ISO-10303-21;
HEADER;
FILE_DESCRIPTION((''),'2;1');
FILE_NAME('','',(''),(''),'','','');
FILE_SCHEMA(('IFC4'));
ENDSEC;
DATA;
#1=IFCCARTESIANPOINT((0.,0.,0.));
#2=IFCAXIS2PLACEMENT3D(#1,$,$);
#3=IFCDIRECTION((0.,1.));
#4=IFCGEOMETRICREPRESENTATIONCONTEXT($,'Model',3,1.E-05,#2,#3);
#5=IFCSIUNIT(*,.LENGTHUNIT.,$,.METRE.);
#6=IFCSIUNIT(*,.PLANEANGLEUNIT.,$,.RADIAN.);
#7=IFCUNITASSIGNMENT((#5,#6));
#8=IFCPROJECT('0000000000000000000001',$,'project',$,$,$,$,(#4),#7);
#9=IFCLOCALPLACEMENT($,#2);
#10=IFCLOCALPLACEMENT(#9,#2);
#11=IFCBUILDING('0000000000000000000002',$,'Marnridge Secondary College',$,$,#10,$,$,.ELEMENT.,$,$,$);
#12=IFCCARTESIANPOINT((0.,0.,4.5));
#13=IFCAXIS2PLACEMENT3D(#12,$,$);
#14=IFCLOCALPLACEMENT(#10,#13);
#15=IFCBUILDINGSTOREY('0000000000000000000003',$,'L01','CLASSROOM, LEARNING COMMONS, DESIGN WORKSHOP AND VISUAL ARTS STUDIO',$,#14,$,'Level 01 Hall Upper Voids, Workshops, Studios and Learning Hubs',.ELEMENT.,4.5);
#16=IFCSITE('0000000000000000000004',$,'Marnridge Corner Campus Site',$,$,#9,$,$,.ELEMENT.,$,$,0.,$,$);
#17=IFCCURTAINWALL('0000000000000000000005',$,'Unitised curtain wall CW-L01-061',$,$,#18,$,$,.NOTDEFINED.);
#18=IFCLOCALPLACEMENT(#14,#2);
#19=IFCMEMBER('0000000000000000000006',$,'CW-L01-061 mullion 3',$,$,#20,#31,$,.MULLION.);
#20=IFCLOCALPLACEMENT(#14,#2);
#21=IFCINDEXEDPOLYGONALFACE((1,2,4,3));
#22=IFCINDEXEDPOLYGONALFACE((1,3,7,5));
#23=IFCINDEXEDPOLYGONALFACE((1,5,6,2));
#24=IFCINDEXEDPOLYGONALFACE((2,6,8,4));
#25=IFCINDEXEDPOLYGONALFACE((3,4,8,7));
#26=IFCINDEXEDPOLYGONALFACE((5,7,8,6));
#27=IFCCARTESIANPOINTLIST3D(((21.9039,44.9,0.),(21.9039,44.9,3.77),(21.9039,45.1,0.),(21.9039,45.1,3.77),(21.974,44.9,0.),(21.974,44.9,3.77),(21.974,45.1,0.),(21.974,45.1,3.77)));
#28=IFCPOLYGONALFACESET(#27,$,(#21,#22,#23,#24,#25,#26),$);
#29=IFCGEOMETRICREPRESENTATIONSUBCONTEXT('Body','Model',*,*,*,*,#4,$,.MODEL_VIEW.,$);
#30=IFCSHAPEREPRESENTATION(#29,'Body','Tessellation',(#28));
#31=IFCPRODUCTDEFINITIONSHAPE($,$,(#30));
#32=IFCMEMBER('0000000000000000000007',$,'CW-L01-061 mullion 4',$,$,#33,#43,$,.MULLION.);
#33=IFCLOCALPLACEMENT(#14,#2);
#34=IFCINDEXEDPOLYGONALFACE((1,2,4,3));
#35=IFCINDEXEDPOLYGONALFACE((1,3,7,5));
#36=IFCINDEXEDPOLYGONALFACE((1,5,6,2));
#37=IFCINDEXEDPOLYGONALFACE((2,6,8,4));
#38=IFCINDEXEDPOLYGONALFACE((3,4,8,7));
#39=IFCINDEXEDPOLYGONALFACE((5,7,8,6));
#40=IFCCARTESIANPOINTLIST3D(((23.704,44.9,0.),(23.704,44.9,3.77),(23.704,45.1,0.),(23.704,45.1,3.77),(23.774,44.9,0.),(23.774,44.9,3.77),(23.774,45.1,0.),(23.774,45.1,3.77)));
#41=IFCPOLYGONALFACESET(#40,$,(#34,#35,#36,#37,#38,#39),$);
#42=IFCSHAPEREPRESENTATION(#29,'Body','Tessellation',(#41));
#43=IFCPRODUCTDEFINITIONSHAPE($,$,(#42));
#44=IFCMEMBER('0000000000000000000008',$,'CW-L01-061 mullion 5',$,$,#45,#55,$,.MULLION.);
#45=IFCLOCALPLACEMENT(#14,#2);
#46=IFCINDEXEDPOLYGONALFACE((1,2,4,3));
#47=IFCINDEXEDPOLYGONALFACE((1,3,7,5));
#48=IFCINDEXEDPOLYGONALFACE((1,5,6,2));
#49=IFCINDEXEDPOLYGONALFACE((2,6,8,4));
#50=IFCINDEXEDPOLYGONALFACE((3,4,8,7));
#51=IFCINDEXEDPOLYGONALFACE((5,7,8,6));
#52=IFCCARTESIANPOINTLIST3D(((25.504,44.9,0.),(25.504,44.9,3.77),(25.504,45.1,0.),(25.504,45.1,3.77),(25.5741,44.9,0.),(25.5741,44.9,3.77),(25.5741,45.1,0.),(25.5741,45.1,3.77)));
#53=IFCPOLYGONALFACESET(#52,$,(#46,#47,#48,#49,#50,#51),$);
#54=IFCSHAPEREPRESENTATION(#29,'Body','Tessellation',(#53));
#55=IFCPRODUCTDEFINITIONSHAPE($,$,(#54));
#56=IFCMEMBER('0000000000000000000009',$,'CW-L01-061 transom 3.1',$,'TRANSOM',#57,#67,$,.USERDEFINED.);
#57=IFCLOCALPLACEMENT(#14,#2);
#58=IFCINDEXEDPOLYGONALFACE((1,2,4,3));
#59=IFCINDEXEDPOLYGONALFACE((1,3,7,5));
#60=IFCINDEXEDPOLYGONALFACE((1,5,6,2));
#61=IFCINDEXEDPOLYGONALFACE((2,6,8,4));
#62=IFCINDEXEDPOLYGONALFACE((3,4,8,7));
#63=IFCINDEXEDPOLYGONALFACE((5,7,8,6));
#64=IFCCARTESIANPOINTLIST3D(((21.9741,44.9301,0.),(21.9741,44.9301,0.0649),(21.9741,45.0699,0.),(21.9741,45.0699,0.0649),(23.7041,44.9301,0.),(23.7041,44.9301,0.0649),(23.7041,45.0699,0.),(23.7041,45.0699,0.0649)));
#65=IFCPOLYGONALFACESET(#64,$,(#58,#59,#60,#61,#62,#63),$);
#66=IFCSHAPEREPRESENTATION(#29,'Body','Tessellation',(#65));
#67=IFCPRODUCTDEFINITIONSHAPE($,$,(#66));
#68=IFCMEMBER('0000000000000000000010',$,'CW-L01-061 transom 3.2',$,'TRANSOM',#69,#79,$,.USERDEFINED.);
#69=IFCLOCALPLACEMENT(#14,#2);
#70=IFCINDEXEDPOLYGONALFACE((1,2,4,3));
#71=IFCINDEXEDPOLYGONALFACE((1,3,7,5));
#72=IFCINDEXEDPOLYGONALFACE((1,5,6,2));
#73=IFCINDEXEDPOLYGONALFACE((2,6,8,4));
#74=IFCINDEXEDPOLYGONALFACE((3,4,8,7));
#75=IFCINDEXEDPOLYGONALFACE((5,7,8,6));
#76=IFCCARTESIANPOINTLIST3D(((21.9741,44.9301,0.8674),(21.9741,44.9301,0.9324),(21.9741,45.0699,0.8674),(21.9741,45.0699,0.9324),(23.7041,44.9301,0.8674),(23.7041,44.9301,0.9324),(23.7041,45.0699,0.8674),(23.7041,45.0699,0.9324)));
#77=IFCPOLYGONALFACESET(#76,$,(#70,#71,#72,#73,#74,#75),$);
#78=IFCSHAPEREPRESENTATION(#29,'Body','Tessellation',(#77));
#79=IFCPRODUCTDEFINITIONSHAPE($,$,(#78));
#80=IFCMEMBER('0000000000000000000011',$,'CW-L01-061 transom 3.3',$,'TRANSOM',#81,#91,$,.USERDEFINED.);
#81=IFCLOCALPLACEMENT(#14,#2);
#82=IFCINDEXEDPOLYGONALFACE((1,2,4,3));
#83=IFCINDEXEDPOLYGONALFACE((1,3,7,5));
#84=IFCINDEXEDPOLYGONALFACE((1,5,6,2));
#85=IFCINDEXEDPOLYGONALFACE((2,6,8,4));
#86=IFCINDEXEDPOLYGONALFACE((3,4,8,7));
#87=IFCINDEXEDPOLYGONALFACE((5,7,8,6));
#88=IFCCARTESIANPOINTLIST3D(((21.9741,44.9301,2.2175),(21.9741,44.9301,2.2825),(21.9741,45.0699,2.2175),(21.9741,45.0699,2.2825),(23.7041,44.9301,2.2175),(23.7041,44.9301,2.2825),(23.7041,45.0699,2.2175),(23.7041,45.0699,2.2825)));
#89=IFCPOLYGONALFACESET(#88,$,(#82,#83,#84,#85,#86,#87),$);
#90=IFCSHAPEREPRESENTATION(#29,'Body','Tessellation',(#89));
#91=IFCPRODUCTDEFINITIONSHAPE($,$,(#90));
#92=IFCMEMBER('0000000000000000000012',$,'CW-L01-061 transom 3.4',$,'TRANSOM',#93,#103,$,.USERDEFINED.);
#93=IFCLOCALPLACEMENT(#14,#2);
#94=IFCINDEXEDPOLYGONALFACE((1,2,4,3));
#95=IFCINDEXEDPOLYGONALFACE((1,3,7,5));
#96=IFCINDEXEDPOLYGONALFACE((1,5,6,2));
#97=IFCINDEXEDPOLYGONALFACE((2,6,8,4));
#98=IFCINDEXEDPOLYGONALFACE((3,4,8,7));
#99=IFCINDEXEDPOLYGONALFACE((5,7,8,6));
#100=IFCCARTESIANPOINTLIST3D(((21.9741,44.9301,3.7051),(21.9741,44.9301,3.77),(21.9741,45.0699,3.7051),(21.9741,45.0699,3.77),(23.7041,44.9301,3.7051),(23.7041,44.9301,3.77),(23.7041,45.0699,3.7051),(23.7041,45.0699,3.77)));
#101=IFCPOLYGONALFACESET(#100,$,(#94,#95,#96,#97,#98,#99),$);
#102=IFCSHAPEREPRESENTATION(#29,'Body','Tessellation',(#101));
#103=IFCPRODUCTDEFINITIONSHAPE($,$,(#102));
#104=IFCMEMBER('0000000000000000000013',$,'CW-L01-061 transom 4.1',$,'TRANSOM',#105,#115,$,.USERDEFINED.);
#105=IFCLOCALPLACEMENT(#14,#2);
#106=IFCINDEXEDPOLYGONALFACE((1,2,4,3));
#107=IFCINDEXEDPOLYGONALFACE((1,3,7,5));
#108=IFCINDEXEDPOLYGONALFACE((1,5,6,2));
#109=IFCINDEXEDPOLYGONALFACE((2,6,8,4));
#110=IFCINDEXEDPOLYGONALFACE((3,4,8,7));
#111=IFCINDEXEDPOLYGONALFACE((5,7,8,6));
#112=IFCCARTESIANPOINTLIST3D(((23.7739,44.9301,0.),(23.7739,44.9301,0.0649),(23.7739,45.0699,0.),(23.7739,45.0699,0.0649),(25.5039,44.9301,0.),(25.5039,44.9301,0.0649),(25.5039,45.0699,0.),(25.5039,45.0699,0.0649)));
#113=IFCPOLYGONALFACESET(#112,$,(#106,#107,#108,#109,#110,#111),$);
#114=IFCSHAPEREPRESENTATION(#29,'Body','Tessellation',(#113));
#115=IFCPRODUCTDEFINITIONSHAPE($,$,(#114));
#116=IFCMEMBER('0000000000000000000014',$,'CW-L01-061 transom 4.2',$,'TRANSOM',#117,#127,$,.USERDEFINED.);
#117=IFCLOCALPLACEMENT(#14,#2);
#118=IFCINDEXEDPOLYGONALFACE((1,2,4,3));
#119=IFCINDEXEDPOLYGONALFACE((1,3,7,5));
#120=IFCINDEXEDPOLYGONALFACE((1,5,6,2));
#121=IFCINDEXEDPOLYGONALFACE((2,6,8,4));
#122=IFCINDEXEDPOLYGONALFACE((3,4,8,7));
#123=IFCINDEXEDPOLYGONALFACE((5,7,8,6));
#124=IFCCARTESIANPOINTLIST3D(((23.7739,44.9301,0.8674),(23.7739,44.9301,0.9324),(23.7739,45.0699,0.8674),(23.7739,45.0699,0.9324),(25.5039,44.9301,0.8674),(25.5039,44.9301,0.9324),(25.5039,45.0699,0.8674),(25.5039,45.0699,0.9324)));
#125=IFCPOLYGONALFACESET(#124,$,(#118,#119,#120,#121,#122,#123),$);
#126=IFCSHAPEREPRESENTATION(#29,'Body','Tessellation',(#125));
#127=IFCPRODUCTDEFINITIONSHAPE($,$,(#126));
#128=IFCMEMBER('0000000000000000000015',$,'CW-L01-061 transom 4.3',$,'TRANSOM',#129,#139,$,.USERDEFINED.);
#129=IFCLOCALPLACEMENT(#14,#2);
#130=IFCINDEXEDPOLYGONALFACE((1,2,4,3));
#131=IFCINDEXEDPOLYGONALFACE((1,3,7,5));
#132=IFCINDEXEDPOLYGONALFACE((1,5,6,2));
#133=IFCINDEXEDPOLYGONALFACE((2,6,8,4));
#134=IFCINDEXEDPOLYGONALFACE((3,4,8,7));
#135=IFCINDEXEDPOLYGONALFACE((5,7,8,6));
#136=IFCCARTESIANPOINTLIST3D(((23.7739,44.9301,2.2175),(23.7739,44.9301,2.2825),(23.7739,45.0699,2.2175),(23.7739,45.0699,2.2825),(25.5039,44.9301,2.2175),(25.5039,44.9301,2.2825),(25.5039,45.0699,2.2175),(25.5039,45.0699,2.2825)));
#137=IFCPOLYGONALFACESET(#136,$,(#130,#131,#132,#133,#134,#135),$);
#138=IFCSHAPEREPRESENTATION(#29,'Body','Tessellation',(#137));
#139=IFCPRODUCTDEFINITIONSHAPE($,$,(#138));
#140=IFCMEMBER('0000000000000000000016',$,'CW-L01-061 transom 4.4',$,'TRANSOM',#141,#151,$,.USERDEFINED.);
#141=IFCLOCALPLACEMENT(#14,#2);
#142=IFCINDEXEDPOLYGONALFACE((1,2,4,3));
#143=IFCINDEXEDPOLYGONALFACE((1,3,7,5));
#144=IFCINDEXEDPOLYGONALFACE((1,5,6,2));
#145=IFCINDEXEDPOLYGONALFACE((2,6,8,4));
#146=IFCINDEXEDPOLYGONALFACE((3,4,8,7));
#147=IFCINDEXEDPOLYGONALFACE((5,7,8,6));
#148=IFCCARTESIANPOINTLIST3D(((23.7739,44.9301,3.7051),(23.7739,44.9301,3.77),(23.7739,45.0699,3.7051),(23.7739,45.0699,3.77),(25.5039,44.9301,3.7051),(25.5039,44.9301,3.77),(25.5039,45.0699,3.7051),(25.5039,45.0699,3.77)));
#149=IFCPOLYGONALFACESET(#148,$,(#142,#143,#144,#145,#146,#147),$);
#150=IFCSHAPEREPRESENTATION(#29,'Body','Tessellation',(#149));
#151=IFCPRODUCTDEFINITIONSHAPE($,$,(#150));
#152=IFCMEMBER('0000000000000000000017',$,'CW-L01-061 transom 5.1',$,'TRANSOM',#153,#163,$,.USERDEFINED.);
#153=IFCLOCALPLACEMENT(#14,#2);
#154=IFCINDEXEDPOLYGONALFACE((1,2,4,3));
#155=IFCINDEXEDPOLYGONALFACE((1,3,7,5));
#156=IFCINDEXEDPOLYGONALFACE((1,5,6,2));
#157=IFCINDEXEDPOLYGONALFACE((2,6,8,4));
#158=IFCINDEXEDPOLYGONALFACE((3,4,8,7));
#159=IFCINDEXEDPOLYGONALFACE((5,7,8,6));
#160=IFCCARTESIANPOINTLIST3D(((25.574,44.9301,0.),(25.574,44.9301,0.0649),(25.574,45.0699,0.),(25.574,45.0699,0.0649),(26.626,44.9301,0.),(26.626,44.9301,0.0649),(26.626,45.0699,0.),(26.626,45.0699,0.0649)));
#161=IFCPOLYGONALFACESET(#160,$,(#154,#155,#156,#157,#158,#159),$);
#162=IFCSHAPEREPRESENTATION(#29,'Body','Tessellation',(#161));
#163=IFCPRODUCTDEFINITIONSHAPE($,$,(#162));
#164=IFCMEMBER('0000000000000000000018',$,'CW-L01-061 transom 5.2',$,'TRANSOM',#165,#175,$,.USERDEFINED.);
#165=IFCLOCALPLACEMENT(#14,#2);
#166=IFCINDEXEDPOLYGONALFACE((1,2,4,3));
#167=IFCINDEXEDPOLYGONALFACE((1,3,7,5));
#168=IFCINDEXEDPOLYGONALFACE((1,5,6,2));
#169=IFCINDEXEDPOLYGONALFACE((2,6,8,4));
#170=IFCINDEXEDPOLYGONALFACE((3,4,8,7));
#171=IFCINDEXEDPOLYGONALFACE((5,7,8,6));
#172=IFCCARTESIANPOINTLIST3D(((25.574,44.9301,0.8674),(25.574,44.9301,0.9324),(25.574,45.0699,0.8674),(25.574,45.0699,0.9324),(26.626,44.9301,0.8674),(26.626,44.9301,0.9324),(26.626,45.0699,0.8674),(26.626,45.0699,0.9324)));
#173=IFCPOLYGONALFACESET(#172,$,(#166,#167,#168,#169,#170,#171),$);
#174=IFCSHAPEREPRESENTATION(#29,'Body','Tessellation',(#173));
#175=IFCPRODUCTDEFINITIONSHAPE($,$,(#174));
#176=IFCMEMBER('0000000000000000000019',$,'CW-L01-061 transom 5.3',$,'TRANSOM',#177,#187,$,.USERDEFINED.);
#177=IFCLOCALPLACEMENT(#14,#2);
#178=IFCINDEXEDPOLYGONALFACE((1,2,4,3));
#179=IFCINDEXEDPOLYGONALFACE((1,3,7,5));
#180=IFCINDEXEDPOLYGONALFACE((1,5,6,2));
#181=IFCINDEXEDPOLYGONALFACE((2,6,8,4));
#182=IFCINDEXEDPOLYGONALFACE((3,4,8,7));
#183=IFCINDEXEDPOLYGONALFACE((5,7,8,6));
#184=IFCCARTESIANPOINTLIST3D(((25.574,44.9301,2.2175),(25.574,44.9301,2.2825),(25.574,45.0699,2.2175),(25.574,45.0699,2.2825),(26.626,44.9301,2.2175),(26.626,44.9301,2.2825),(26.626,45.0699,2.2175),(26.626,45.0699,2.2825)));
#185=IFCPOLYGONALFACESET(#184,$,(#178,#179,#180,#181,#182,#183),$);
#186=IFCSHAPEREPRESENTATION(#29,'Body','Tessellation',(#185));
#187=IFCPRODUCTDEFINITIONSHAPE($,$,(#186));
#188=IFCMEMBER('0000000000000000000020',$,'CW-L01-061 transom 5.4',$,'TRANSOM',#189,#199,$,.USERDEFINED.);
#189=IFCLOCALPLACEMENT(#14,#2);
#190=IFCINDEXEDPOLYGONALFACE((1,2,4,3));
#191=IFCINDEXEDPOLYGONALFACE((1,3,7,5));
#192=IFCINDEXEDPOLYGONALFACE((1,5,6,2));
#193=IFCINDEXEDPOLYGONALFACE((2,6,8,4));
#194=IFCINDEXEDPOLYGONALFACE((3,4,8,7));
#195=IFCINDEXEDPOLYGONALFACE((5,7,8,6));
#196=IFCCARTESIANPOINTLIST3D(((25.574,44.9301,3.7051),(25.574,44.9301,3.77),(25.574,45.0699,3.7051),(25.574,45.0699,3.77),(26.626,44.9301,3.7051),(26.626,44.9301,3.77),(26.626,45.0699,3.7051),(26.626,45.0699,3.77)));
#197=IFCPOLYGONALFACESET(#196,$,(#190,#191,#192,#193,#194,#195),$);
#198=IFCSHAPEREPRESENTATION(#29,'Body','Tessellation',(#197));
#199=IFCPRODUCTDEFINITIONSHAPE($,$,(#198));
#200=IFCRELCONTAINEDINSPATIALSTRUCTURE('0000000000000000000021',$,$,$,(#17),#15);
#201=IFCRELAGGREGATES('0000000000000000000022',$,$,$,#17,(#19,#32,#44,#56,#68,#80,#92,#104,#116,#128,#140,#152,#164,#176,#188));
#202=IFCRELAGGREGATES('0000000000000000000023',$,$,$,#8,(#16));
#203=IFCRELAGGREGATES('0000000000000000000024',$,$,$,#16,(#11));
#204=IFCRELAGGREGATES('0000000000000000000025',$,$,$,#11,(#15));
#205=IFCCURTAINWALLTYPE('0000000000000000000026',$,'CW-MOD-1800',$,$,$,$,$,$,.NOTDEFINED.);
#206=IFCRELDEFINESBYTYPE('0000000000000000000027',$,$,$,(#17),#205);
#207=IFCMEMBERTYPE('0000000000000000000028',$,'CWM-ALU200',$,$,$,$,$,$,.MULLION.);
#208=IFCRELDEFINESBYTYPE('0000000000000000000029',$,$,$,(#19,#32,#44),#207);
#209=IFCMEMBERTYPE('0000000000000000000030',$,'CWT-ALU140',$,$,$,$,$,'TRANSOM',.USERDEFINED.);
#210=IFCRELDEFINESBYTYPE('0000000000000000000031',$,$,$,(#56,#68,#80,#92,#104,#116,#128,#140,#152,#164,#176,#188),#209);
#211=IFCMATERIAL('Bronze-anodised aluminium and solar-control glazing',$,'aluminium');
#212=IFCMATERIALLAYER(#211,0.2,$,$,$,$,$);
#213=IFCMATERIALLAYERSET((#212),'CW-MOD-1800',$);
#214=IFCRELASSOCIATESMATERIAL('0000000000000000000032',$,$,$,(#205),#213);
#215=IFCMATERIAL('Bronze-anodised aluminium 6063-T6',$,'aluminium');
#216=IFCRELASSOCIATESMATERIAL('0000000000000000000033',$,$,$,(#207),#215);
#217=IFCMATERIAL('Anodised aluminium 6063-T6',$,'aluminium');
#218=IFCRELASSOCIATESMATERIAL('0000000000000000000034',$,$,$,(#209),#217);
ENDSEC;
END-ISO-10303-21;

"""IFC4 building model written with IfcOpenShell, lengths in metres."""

from ifc_helpers import new_model, si_unit, direction, frame, origin, origin_2d, place, context, subcontext, project, spatial, rectangle, extrude, material, layer, layer_set, material_profile, profile_set, type_object, element, aggregate, save


model = new_model("IFC4")

# Units and contexts
model_context = context("Model", 3, precision=1e-05, world=origin(), true_north=direction((0.0, 1.0)))
body_context = subcontext(model_context, "Body", "Model", "MODEL_VIEW")
ifc_project = project(units=[si_unit("LENGTHUNIT", "METRE"), si_unit("PLANEANGLEUNIT", "RADIAN")], contexts=[model_context])

# Site, building, storey
site_placement = place(None, origin())
site = spatial("IfcSite", under=ifc_project, at=site_placement, Name="Marnridge Corner Campus Site", CompositionType="ELEMENT", RefElevation=0.0)
building_placement = place(site_placement, origin())
building = spatial("IfcBuilding", under=site, at=building_placement, Name="Marnridge Secondary College", CompositionType="ELEMENT")
storey_placement = place(building_placement, frame((0.0, 0.0, 4.5)))
storey = spatial("IfcBuildingStorey", under=building, at=storey_placement, Name="L01", Description="CLASSROOM, LEARNING COMMONS, DESIGN WORKSHOP AND VISUAL ARTS STUDIO", LongName="Level 01 Hall Upper Voids, Workshops, Studios and Learning Hubs", CompositionType="ELEMENT", Elevation=4.5)

# Curtain wall, members
ifc_material_1 = material(Name="Bronze-anodised aluminium and solar-control glazing", Category="aluminium")
ifc_layer_1 = layer(ifc_material_1, 0.2)
ifc_layer_set_1 = layer_set([ifc_layer_1], Name="CW-MOD-1800")
curtain_wall_type = type_object("IfcCurtainWallType", Name="CW-MOD-1800", PredefinedType="NOTDEFINED", material=ifc_layer_set_1)
curtain_wall_placement = place(storey_placement, origin())
curtain_wall = element("IfcCurtainWall", 1, at=curtain_wall_placement, inside=storey, type_object=curtain_wall_type, Name="Unitised curtain wall CW-L01-061", PredefinedType="NOTDEFINED")
ifc_material_2 = material(Name="Bronze-anodised aluminium 6063-T6", Category="aluminium")
ifc_material_profile_1 = material_profile(ifc_material_2, rectangle(XDim=0.0701, YDim=0.2, at=origin_2d()), Name="ALU 70x200")
ifc_profile_set_1 = profile_set([ifc_material_profile_1], Name="Bronze-anodised aluminium 6063-T6")
member_type_1 = type_object("IfcMemberType", Name="CWM-ALU200", PredefinedType="MULLION", material=ifc_profile_set_1)
member_1_placement = place(storey_placement, frame((21.939, 45.0, 0.0), z_axis=(0.0, 0.0, 1.0), x_axis=(1.0, 0.0, 0.0)))
member_1 = element("IfcMember", 2, at=member_1_placement, type_object=member_type_1, Name="CW-L01-061 mullion 3", PredefinedType="MULLION", context=body_context, shape_type="SweptSolid", body=[
    extrude(rectangle(XDim=0.0701, YDim=0.2, at=origin_2d()), origin(), (0.0, 0.0, 1.0), 3.77),
])
member_2_placement = place(storey_placement, frame((23.739, 45.0, 0.0), z_axis=(0.0, 0.0, 1.0), x_axis=(1.0, 0.0, 0.0)))
member_2 = element("IfcMember", 3, at=member_2_placement, type_object=member_type_1, Name="CW-L01-061 mullion 4", PredefinedType="MULLION", context=body_context, shape_type="SweptSolid", body=[
    extrude(rectangle(XDim=0.0701, YDim=0.2, at=origin_2d()), origin(), (0.0, 0.0, 1.0), 3.77),
])
member_3_placement = place(storey_placement, frame((25.5391, 45.0, 0.0), z_axis=(0.0, 0.0, 1.0), x_axis=(1.0, 0.0, 0.0)))
member_3 = element("IfcMember", 4, at=member_3_placement, type_object=member_type_1, Name="CW-L01-061 mullion 5", PredefinedType="MULLION", context=body_context, shape_type="SweptSolid", body=[
    extrude(rectangle(XDim=0.0701, YDim=0.2, at=origin_2d()), origin(), (0.0, 0.0, 1.0), 3.77),
])
ifc_material_3 = material(Name="Anodised aluminium 6063-T6", Category="aluminium")
ifc_material_profile_2 = material_profile(ifc_material_3, rectangle(XDim=0.0649, YDim=0.1399, at=origin_2d()), Name="ALU 65x140")
ifc_profile_set_2 = profile_set([ifc_material_profile_2], Name="Anodised aluminium 6063-T6")
member_type_2 = type_object("IfcMemberType", Name="CWT-ALU140", ElementType="TRANSOM", PredefinedType="USERDEFINED", material=ifc_profile_set_2)
member_4_placement = place(storey_placement, frame((21.9741, 45.0, 0.0325), z_axis=(1.0, 0.0, 0.0), x_axis=(0.0, 0.0, 1.0)))
member_4 = element("IfcMember", 5, at=member_4_placement, type_object=member_type_2, Name="CW-L01-061 transom 3.1", ObjectType="TRANSOM", PredefinedType="USERDEFINED", context=body_context, shape_type="SweptSolid", body=[
    extrude(rectangle(XDim=0.0649, YDim=0.1399, at=origin_2d()), origin(), (0.0, 0.0, 1.0), 1.73),
])
member_5_placement = place(storey_placement, frame((21.9741, 45.0, 0.8999), z_axis=(1.0, 0.0, 0.0), x_axis=(0.0, 0.0, 1.0)))
member_5 = element("IfcMember", 6, at=member_5_placement, type_object=member_type_2, Name="CW-L01-061 transom 3.2", ObjectType="TRANSOM", PredefinedType="USERDEFINED", context=body_context, shape_type="SweptSolid", body=[
    extrude(rectangle(XDim=0.0649, YDim=0.1399, at=origin_2d()), origin(), (0.0, 0.0, 1.0), 1.73),
])
member_6_placement = place(storey_placement, frame((21.9741, 45.0, 2.25), z_axis=(1.0, 0.0, 0.0), x_axis=(0.0, 0.0, 1.0)))
member_6 = element("IfcMember", 7, at=member_6_placement, type_object=member_type_2, Name="CW-L01-061 transom 3.3", ObjectType="TRANSOM", PredefinedType="USERDEFINED", context=body_context, shape_type="SweptSolid", body=[
    extrude(rectangle(XDim=0.0649, YDim=0.1399, at=origin_2d()), origin(), (0.0, 0.0, 1.0), 1.73),
])
member_7_placement = place(storey_placement, frame((21.9741, 45.0, 3.7375), z_axis=(1.0, 0.0, 0.0), x_axis=(0.0, 0.0, 1.0)))
member_7 = element("IfcMember", 8, at=member_7_placement, type_object=member_type_2, Name="CW-L01-061 transom 3.4", ObjectType="TRANSOM", PredefinedType="USERDEFINED", context=body_context, shape_type="SweptSolid", body=[
    extrude(rectangle(XDim=0.0649, YDim=0.1399, at=origin_2d()), origin(), (0.0, 0.0, 1.0), 1.73),
])
member_8_placement = place(storey_placement, frame((23.7739, 45.0, 0.0325), z_axis=(1.0, 0.0, 0.0), x_axis=(0.0, 0.0, 1.0)))
member_8 = element("IfcMember", 9, at=member_8_placement, type_object=member_type_2, Name="CW-L01-061 transom 4.1", ObjectType="TRANSOM", PredefinedType="USERDEFINED", context=body_context, shape_type="SweptSolid", body=[
    extrude(rectangle(XDim=0.0649, YDim=0.1399, at=origin_2d()), origin(), (0.0, 0.0, 1.0), 1.73),
])
member_9_placement = place(storey_placement, frame((23.7739, 45.0, 0.8999), z_axis=(1.0, 0.0, 0.0), x_axis=(0.0, 0.0, 1.0)))
member_9 = element("IfcMember", 10, at=member_9_placement, type_object=member_type_2, Name="CW-L01-061 transom 4.2", ObjectType="TRANSOM", PredefinedType="USERDEFINED", context=body_context, shape_type="SweptSolid", body=[
    extrude(rectangle(XDim=0.0649, YDim=0.1399, at=origin_2d()), origin(), (0.0, 0.0, 1.0), 1.73),
])
member_10_placement = place(storey_placement, frame((23.7739, 45.0, 2.25), z_axis=(1.0, 0.0, 0.0), x_axis=(0.0, 0.0, 1.0)))
member_10 = element("IfcMember", 11, at=member_10_placement, type_object=member_type_2, Name="CW-L01-061 transom 4.3", ObjectType="TRANSOM", PredefinedType="USERDEFINED", context=body_context, shape_type="SweptSolid", body=[
    extrude(rectangle(XDim=0.0649, YDim=0.1399, at=origin_2d()), origin(), (0.0, 0.0, 1.0), 1.73),
])
member_11_placement = place(storey_placement, frame((23.7739, 45.0, 3.7375), z_axis=(1.0, 0.0, 0.0), x_axis=(0.0, 0.0, 1.0)))
member_11 = element("IfcMember", 12, at=member_11_placement, type_object=member_type_2, Name="CW-L01-061 transom 4.4", ObjectType="TRANSOM", PredefinedType="USERDEFINED", context=body_context, shape_type="SweptSolid", body=[
    extrude(rectangle(XDim=0.0649, YDim=0.1399, at=origin_2d()), origin(), (0.0, 0.0, 1.0), 1.73),
])
member_12_placement = place(storey_placement, frame((25.574, 45.0, 0.0325), z_axis=(1.0, 0.0, 0.0), x_axis=(0.0, 0.0, 1.0)))
member_12 = element("IfcMember", 13, at=member_12_placement, type_object=member_type_2, Name="CW-L01-061 transom 5.1", ObjectType="TRANSOM", PredefinedType="USERDEFINED", context=body_context, shape_type="SweptSolid", body=[
    extrude(rectangle(XDim=0.0649, YDim=0.1399, at=origin_2d()), origin(), (0.0, 0.0, 1.0), 1.052),
])
member_13_placement = place(storey_placement, frame((25.574, 45.0, 0.8999), z_axis=(1.0, 0.0, 0.0), x_axis=(0.0, 0.0, 1.0)))
member_13 = element("IfcMember", 14, at=member_13_placement, type_object=member_type_2, Name="CW-L01-061 transom 5.2", ObjectType="TRANSOM", PredefinedType="USERDEFINED", context=body_context, shape_type="SweptSolid", body=[
    extrude(rectangle(XDim=0.0649, YDim=0.1399, at=origin_2d()), origin(), (0.0, 0.0, 1.0), 1.052),
])
member_14_placement = place(storey_placement, frame((25.574, 45.0, 2.25), z_axis=(1.0, 0.0, 0.0), x_axis=(0.0, 0.0, 1.0)))
member_14 = element("IfcMember", 15, at=member_14_placement, type_object=member_type_2, Name="CW-L01-061 transom 5.3", ObjectType="TRANSOM", PredefinedType="USERDEFINED", context=body_context, shape_type="SweptSolid", body=[
    extrude(rectangle(XDim=0.0649, YDim=0.1399, at=origin_2d()), origin(), (0.0, 0.0, 1.0), 1.052),
])
member_15_placement = place(storey_placement, frame((25.574, 45.0, 3.7375), z_axis=(1.0, 0.0, 0.0), x_axis=(0.0, 0.0, 1.0)))
member_15 = element("IfcMember", 16, at=member_15_placement, type_object=member_type_2, Name="CW-L01-061 transom 5.4", ObjectType="TRANSOM", PredefinedType="USERDEFINED", context=body_context, shape_type="SweptSolid", body=[
    extrude(rectangle(XDim=0.0649, YDim=0.1399, at=origin_2d()), origin(), (0.0, 0.0, 1.0), 1.052),
])
aggregate(curtain_wall, [member_1, member_2, member_3, member_4, member_5, member_6, member_7, member_8, member_9, member_10, member_11, member_12, member_13, member_14, member_15])

save(model, "model.ifc")
